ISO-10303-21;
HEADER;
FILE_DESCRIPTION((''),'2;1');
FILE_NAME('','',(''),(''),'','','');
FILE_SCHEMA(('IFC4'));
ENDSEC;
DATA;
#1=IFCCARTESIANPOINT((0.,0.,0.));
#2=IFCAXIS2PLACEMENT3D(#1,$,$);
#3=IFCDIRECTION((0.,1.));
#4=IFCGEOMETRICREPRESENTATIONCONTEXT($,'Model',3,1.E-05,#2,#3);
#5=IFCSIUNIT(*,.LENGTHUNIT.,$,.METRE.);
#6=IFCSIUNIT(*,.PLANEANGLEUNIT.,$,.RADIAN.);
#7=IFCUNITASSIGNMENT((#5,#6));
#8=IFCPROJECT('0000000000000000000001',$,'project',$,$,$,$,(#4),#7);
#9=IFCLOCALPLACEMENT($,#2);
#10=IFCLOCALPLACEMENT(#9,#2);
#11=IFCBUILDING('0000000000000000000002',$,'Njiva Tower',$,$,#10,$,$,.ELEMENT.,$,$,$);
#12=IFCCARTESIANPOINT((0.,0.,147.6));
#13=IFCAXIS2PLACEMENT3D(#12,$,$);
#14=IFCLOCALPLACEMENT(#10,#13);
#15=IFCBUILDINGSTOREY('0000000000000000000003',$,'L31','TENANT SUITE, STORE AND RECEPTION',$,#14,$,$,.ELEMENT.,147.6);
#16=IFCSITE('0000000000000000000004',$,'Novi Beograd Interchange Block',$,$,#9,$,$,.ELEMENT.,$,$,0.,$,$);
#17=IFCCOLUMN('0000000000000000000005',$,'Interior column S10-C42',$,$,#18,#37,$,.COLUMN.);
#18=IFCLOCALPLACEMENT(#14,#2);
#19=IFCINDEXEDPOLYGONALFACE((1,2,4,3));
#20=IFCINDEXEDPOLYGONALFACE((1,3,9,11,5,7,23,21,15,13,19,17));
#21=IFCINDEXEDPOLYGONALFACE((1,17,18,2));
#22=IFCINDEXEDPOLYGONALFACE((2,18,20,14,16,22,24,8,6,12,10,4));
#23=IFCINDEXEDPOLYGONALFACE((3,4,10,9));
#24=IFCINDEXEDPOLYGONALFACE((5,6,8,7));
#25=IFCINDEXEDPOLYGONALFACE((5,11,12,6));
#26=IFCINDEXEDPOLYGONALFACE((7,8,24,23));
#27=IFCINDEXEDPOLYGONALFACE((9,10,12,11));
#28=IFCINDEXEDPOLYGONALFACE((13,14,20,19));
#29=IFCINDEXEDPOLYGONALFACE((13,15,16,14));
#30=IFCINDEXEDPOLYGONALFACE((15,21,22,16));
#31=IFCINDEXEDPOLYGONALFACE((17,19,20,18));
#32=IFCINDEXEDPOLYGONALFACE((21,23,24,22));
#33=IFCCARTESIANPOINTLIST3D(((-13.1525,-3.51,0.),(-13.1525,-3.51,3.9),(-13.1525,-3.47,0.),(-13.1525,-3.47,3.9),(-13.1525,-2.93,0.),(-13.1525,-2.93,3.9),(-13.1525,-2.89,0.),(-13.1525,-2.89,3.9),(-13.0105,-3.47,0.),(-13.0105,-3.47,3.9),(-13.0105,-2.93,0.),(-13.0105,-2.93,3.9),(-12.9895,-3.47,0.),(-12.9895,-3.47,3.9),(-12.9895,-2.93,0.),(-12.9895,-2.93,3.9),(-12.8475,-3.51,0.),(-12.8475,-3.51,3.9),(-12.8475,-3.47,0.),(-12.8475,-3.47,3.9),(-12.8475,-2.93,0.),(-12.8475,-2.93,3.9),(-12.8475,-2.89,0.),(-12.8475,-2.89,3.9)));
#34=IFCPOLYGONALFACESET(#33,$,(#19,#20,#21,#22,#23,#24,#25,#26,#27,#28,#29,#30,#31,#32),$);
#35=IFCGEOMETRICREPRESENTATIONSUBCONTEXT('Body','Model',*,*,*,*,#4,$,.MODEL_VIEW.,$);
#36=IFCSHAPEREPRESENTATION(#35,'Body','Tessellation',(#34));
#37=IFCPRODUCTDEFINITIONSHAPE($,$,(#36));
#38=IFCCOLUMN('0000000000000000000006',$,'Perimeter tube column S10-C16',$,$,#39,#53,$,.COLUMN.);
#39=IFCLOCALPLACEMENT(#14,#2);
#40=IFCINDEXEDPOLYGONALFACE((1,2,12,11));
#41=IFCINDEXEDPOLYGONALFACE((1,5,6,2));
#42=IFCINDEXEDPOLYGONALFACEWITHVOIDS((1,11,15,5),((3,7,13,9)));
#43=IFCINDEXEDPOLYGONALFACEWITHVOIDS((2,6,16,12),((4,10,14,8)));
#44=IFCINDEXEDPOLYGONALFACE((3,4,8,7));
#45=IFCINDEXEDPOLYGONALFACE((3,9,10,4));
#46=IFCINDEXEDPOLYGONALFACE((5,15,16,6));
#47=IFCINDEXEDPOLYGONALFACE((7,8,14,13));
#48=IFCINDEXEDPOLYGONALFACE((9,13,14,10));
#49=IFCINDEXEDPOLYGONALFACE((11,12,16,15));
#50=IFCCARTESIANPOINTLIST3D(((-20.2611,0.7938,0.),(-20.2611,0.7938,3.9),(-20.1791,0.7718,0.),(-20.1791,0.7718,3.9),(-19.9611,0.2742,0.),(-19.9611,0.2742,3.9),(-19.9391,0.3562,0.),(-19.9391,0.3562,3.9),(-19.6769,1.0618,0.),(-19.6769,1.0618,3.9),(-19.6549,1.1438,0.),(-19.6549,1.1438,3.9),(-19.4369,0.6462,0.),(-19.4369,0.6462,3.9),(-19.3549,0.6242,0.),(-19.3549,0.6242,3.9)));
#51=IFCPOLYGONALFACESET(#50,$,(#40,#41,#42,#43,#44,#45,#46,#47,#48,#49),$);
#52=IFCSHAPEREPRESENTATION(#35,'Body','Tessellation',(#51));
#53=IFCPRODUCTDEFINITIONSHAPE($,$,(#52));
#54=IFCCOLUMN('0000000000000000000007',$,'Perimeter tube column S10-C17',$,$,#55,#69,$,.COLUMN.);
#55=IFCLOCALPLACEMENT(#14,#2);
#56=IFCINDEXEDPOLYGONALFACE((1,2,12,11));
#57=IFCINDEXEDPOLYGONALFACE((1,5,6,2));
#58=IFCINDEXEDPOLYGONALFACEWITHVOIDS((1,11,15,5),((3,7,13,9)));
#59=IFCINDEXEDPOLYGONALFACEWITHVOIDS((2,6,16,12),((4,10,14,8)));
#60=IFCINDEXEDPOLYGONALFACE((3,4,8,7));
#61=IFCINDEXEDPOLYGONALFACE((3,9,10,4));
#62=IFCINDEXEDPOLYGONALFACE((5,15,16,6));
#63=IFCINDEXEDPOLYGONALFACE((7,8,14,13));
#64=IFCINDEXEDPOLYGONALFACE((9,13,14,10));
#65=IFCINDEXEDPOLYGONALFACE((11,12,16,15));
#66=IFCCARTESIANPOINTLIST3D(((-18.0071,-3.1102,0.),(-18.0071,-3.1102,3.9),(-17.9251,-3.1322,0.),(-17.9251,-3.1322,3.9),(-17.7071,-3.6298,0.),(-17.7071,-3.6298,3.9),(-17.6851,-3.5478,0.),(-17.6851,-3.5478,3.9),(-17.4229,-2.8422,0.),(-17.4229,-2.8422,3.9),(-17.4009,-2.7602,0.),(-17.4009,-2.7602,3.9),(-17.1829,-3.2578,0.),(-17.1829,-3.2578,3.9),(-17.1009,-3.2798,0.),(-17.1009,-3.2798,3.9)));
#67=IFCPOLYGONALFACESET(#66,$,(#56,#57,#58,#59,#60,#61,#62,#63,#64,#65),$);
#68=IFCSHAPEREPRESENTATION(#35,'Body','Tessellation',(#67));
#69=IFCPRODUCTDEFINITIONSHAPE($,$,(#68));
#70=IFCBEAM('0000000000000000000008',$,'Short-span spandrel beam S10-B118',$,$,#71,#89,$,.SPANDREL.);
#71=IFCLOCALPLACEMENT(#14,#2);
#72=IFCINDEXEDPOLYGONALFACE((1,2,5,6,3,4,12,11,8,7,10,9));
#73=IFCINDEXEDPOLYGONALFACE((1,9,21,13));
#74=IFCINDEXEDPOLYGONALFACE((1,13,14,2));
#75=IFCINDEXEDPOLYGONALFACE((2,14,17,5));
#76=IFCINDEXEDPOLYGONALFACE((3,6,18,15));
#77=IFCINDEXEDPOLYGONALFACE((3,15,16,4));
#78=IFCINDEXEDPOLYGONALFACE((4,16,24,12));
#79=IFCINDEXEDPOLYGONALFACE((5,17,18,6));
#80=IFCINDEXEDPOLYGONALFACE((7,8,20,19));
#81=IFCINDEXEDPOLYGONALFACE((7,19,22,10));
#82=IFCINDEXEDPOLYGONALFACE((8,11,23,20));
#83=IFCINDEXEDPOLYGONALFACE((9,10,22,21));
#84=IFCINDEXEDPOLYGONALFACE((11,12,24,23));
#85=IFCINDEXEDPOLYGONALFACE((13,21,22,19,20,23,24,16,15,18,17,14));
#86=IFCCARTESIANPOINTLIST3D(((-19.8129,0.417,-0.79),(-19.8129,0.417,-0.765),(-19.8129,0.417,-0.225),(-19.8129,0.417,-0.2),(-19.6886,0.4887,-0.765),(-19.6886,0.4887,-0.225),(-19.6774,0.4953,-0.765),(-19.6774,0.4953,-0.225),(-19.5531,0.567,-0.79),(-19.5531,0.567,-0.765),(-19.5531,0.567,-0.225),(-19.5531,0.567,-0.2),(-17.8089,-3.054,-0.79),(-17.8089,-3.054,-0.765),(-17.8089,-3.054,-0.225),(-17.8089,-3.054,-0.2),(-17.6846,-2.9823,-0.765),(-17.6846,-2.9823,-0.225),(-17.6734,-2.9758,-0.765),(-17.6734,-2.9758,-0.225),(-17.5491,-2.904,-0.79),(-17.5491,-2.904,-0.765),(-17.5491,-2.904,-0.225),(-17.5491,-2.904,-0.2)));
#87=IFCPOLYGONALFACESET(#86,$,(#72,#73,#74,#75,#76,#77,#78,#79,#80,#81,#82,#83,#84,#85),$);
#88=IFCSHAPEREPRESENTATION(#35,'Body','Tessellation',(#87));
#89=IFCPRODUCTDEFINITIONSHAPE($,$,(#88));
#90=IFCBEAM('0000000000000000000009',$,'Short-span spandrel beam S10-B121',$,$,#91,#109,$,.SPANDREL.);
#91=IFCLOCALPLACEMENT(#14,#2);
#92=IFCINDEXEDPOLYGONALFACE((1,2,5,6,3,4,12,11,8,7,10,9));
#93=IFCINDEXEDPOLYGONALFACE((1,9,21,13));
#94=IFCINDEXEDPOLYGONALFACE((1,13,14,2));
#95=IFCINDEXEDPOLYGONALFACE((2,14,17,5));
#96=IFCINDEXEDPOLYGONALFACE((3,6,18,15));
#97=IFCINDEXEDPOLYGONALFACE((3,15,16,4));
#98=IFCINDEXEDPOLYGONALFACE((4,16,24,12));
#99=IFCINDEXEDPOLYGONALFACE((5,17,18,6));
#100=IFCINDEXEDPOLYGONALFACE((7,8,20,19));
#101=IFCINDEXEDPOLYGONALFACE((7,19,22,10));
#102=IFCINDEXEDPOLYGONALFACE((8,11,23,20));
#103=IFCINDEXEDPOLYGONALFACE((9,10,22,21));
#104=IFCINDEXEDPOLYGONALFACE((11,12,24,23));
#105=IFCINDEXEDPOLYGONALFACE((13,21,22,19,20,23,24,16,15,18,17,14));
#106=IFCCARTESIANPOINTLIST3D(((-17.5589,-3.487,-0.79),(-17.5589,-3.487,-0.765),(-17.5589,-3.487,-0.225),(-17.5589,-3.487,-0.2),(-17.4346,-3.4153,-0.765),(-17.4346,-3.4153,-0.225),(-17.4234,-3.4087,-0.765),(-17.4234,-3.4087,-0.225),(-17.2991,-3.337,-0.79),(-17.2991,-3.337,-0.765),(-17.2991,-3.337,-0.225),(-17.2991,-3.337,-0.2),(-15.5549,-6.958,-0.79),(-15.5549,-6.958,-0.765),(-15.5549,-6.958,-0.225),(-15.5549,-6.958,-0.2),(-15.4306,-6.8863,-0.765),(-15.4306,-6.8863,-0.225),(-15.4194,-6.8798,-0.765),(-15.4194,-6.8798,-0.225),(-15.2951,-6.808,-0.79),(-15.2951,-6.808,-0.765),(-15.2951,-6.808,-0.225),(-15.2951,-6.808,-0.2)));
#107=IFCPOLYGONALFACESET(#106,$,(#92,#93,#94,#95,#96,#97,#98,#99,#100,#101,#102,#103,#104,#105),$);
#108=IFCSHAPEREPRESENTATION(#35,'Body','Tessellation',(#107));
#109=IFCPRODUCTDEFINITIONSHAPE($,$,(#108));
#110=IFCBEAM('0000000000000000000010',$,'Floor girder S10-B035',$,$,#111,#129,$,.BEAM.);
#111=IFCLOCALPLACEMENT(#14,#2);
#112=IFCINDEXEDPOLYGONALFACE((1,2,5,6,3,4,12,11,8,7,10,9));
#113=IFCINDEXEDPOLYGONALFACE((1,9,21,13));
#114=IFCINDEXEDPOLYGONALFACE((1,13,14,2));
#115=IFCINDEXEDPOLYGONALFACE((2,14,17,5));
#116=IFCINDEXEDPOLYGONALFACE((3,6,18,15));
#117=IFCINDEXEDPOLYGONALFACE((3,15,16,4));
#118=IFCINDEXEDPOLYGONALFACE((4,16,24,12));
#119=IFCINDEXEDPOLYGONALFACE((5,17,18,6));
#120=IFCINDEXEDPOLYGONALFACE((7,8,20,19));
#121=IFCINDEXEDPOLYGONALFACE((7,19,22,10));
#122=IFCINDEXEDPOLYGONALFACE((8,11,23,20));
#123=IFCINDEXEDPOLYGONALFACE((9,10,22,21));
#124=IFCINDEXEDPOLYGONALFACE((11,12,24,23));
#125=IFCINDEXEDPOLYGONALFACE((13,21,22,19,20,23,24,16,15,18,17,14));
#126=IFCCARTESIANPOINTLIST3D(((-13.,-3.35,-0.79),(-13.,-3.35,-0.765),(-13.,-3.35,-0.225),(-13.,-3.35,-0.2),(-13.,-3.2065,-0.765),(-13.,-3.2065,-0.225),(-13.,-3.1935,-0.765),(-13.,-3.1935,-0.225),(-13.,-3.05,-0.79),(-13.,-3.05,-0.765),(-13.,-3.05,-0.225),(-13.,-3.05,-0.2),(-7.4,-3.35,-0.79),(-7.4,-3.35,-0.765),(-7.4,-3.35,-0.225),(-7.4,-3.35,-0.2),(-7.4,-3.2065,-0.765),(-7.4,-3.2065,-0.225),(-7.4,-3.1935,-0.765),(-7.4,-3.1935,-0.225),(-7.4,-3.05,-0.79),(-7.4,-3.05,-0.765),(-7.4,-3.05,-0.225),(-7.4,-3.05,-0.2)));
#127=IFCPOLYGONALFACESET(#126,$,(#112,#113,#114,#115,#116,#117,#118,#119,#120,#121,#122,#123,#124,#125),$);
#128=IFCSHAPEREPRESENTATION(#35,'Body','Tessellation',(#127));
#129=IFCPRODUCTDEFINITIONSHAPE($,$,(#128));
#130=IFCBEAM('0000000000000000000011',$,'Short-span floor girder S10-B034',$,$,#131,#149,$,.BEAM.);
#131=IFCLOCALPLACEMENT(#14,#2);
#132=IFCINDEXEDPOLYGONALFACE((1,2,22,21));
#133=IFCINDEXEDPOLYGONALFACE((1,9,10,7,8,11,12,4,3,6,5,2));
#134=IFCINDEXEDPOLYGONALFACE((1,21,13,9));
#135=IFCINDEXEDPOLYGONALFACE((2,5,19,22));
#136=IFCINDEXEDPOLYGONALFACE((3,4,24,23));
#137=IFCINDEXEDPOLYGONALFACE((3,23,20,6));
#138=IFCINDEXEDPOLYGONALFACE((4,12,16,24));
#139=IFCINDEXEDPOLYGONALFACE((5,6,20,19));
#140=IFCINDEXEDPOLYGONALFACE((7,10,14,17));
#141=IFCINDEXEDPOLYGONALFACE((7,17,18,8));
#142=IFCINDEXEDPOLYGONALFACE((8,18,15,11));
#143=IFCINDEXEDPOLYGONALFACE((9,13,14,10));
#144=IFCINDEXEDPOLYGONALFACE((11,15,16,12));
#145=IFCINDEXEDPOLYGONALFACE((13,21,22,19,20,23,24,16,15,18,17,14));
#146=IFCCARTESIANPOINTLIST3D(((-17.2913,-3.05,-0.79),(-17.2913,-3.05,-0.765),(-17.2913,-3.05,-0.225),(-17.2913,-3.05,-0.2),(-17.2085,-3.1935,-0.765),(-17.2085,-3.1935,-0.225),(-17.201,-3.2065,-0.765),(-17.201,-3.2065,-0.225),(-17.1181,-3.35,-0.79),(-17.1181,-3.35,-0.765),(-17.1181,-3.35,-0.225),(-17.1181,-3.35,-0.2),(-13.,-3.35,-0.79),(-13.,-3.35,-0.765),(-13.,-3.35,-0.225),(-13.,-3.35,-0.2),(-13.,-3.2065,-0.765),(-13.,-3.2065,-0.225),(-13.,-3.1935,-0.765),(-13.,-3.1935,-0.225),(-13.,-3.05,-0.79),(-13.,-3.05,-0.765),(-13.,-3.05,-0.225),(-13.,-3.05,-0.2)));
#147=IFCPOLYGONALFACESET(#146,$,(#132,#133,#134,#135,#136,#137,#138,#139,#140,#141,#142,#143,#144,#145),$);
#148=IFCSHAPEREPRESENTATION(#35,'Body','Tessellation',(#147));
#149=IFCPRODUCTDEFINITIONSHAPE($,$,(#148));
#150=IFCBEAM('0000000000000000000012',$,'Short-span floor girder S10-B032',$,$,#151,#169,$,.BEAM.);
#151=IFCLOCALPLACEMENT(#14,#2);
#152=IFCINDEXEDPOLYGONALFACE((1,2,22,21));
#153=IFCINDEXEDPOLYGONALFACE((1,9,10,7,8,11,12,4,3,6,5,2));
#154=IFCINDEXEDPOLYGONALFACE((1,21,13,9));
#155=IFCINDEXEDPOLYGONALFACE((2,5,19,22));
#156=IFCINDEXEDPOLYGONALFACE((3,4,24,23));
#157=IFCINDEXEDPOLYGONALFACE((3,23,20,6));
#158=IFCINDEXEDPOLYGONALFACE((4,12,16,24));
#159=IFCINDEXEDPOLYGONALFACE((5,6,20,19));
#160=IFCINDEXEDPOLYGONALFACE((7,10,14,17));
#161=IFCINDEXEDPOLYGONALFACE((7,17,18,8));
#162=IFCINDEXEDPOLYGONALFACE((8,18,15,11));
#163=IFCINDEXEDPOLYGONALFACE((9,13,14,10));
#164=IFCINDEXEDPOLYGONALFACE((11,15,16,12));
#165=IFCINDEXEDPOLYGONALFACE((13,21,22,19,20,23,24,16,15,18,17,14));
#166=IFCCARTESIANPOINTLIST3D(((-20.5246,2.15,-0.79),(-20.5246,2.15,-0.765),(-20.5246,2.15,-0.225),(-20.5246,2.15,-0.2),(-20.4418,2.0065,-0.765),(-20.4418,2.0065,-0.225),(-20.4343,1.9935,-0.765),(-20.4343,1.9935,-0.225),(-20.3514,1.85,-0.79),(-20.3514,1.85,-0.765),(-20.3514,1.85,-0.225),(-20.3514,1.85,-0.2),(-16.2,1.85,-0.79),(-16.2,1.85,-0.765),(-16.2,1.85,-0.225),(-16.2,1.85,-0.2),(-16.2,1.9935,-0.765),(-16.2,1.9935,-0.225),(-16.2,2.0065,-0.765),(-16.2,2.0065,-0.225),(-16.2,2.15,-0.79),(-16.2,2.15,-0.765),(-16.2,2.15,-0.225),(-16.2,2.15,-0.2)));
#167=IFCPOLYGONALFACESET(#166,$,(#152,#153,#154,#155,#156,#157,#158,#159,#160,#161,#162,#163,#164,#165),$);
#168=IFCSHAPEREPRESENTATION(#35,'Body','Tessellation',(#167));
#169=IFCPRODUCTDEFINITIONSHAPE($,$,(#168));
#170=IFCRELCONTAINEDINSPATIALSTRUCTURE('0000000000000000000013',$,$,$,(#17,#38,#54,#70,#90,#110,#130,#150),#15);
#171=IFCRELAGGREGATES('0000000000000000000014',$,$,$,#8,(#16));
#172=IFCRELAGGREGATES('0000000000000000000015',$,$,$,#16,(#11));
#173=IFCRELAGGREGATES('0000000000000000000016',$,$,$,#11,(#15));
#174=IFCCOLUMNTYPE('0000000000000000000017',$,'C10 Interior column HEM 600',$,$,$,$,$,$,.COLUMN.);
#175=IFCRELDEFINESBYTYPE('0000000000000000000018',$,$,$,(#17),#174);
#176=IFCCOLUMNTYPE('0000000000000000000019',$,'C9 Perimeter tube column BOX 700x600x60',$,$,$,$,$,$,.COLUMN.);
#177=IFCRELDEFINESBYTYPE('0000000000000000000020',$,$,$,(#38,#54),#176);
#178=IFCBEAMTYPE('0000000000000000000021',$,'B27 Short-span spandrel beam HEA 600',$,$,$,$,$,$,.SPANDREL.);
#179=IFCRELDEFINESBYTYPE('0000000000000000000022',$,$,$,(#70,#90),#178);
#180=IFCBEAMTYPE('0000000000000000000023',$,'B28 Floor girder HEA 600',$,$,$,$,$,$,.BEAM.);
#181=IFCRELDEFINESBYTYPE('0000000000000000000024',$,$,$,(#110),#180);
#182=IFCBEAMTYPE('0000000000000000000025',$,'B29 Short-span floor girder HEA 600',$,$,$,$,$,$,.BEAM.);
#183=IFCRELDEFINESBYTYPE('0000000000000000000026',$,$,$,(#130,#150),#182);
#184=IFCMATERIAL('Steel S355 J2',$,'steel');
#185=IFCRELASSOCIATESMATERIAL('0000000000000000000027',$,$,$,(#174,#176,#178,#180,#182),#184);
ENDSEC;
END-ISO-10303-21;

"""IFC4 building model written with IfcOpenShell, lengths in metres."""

from ifc_helpers import new_model, si_unit, direction, frame, origin, origin_2d, place, context, subcontext, project, spatial, hollow_rectangle, i_section, extrude, clip, halfspace, material, material_profile, profile_set, type_object, element, save


model = new_model("IFC4")

# Units and contexts
model_context = context("Model", 3, precision=1e-05, world=origin(), true_north=direction((0.0, 1.0)))
body_context = subcontext(model_context, "Body", "Model", "MODEL_VIEW")
ifc_project = project(units=[si_unit("LENGTHUNIT", "METRE"), si_unit("PLANEANGLEUNIT", "RADIAN")], contexts=[model_context])

# Site, building, storey
site_placement = place(None, origin())
site = spatial("IfcSite", under=ifc_project, at=site_placement, Name="Novi Beograd Interchange Block", CompositionType="ELEMENT", RefElevation=0.0)
building_placement = place(site_placement, origin())
building = spatial("IfcBuilding", under=site, at=building_placement, Name="Njiva Tower", CompositionType="ELEMENT")
storey_placement = place(building_placement, frame((0.0, 0.0, 147.6)))
storey = spatial("IfcBuildingStorey", under=building, at=storey_placement, Name="L31", Description="TENANT SUITE, STORE AND RECEPTION", CompositionType="ELEMENT", Elevation=147.6)

# Columns
ifc_material_1 = material(Name="Steel S355 J2", Category="steel")
ifc_material_profile_1 = material_profile(ifc_material_1, i_section(OverallWidth=0.305, OverallDepth=0.62, WebThickness=0.021, FlangeThickness=0.04, at=origin_2d()), Name="HEM 600")
ifc_profile_set_1 = profile_set([ifc_material_profile_1], Name="Steel S355 J2")
column_type_1 = type_object("IfcColumnType", Name="C10 Interior column HEM 600", PredefinedType="COLUMN", material=ifc_profile_set_1)
column_placement = place(storey_placement, frame((-13.0, -3.2, 0.0), z_axis=(0.0, 0.0, 1.0), x_axis=(1.0, 0.0, 0.0)))
element("IfcColumn", 1, at=column_placement, inside=storey, type_object=column_type_1, Name="Interior column S10-C42", PredefinedType="COLUMN", context=body_context, shape_type="SweptSolid", body=[
    extrude(i_section(OverallWidth=0.305, OverallDepth=0.62, WebThickness=0.021, FlangeThickness=0.04, at=origin_2d()), origin(), (0.0, 0.0, 1.0), 3.9),
])
ifc_material_profile_2 = material_profile(ifc_material_1, hollow_rectangle(XDim=0.6, YDim=0.7, WallThickness=0.06, at=origin_2d()), Name="BOX 700x600x60")
ifc_profile_set_2 = profile_set([ifc_material_profile_2], Name="Steel S355 J2")
column_type_2 = type_object("IfcColumnType", Name="C9 Perimeter tube column BOX 700x600x60", PredefinedType="COLUMN", material=ifc_profile_set_2)
for number, where, z_axis, x_axis, name in (
    (2, (-19.808, 0.709, 0.0), (0.0, 0.0, 1.0), (0.5, -0.866025, 0.0), "Perimeter tube column S10-C16"),
    (3, (-17.554, -3.195, 0.0), (0.0, 0.0, 1.0), (0.5, -0.866025, 0.0), "Perimeter tube column S10-C17"),
):
    element("IfcColumn", number, at=place(storey_placement, frame(where, z_axis=z_axis, x_axis=x_axis)), inside=storey, type_object=column_type_2, Name=name, PredefinedType="COLUMN", context=body_context, shape_type="SweptSolid", body=[
        extrude(hollow_rectangle(XDim=0.6, YDim=0.7, WallThickness=0.06, at=origin_2d()), origin(), (0.0, 0.0, 1.0), 3.9),
    ])

# Beams
ifc_material_profile_3 = material_profile(ifc_material_1, i_section(OverallWidth=0.3, OverallDepth=0.59, WebThickness=0.013, FlangeThickness=0.025, at=origin_2d()), Name="HEA 600")
ifc_profile_set_3 = profile_set([ifc_material_profile_3], Name="Steel S355 J2")
beam_type_1 = type_object("IfcBeamType", Name="B27 Short-span spandrel beam HEA 600", PredefinedType="SPANDREL", material=ifc_profile_set_3)
for number, where, z_axis, x_axis, name in (
    (4, (-19.683, 0.492, -0.495), (0.500003, -0.866024, 0.0), (0.866024, 0.500003, 0.0), "Short-span spandrel beam S10-B118"),
    (5, (-17.429, -3.412, -0.495), (0.500003, -0.866024, 0.0), (0.866024, 0.500003, 0.0), "Short-span spandrel beam S10-B121"),
):
    element("IfcBeam", number, at=place(storey_placement, frame(where, z_axis=z_axis, x_axis=x_axis)), inside=storey, type_object=beam_type_1, Name=name, PredefinedType="SPANDREL", context=body_context, shape_type="SweptSolid", body=[
        extrude(i_section(OverallWidth=0.3, OverallDepth=0.59, WebThickness=0.013, FlangeThickness=0.025, at=origin_2d()), origin(), (0.0, 0.0, 1.0), 4.008),
    ])
ifc_material_profile_4 = material_profile(ifc_material_1, i_section(OverallWidth=0.3, OverallDepth=0.59, WebThickness=0.013, FlangeThickness=0.025, at=origin_2d()), Name="HEA 600")
ifc_profile_set_4 = profile_set([ifc_material_profile_4], Name="Steel S355 J2")
beam_type_2 = type_object("IfcBeamType", Name="B28 Floor girder HEA 600", PredefinedType="BEAM", material=ifc_profile_set_4)
beam_1_placement = place(storey_placement, frame((-13.0, -3.2, -0.495), z_axis=(1.0, 0.0, 0.0), x_axis=(0.0, 1.0, 0.0)))
element("IfcBeam", 6, at=beam_1_placement, inside=storey, type_object=beam_type_2, Name="Floor girder S10-B035", PredefinedType="BEAM", context=body_context, shape_type="SweptSolid", body=[
    extrude(i_section(OverallWidth=0.3, OverallDepth=0.59, WebThickness=0.013, FlangeThickness=0.025, at=origin_2d()), origin(), (0.0, 0.0, 1.0), 5.6),
])
ifc_material_profile_5 = material_profile(ifc_material_1, i_section(OverallWidth=0.3, OverallDepth=0.59, WebThickness=0.013, FlangeThickness=0.025, at=origin_2d()), Name="HEA 600")
ifc_profile_set_5 = profile_set([ifc_material_profile_5], Name="Steel S355 J2")
beam_type_3 = type_object("IfcBeamType", Name="B29 Short-span floor girder HEA 600", PredefinedType="BEAM", material=ifc_profile_set_5)
beam_2_placement = place(storey_placement, frame((-17.312, -3.2, -0.495), z_axis=(1.0, 0.0, 0.0), x_axis=(0.0, 1.0, 0.0)))
element("IfcBeam", 7, at=beam_2_placement, inside=storey, type_object=beam_type_3, Name="Short-span floor girder S10-B034", PredefinedType="BEAM", context=body_context, shape_type="Clipping", body=[
    clip(extrude(i_section(OverallWidth=0.3, OverallDepth=0.59, WebThickness=0.013, FlangeThickness=0.025, at=origin_2d()), origin(), (0.0, 0.0, 1.0), 4.312), halfspace(frame((-0.025, 0.0, 0.1217), z_axis=(-0.499998, 0.0, -0.866027), x_axis=(0.0, -1.0, 0.0)), False)),
])
beam_3_placement = place(storey_placement, frame((-20.545, 2.0, -0.495), z_axis=(1.0, 0.0, 0.0), x_axis=(0.0, 1.0, 0.0)))
element("IfcBeam", 8, at=beam_3_placement, inside=storey, type_object=beam_type_3, Name="Short-span floor girder S10-B032", PredefinedType="BEAM", context=body_context, shape_type="Clipping", body=[
    clip(extrude(i_section(OverallWidth=0.3, OverallDepth=0.59, WebThickness=0.013, FlangeThickness=0.025, at=origin_2d()), origin(), (0.0, 0.0, 1.0), 4.345), halfspace(frame((-0.025, 0.0, 0.1214), z_axis=(-0.499998, 0.0, -0.866027), x_axis=(0.0, -1.0, 0.0)), False)),
])

save(model, "model.ifc")
